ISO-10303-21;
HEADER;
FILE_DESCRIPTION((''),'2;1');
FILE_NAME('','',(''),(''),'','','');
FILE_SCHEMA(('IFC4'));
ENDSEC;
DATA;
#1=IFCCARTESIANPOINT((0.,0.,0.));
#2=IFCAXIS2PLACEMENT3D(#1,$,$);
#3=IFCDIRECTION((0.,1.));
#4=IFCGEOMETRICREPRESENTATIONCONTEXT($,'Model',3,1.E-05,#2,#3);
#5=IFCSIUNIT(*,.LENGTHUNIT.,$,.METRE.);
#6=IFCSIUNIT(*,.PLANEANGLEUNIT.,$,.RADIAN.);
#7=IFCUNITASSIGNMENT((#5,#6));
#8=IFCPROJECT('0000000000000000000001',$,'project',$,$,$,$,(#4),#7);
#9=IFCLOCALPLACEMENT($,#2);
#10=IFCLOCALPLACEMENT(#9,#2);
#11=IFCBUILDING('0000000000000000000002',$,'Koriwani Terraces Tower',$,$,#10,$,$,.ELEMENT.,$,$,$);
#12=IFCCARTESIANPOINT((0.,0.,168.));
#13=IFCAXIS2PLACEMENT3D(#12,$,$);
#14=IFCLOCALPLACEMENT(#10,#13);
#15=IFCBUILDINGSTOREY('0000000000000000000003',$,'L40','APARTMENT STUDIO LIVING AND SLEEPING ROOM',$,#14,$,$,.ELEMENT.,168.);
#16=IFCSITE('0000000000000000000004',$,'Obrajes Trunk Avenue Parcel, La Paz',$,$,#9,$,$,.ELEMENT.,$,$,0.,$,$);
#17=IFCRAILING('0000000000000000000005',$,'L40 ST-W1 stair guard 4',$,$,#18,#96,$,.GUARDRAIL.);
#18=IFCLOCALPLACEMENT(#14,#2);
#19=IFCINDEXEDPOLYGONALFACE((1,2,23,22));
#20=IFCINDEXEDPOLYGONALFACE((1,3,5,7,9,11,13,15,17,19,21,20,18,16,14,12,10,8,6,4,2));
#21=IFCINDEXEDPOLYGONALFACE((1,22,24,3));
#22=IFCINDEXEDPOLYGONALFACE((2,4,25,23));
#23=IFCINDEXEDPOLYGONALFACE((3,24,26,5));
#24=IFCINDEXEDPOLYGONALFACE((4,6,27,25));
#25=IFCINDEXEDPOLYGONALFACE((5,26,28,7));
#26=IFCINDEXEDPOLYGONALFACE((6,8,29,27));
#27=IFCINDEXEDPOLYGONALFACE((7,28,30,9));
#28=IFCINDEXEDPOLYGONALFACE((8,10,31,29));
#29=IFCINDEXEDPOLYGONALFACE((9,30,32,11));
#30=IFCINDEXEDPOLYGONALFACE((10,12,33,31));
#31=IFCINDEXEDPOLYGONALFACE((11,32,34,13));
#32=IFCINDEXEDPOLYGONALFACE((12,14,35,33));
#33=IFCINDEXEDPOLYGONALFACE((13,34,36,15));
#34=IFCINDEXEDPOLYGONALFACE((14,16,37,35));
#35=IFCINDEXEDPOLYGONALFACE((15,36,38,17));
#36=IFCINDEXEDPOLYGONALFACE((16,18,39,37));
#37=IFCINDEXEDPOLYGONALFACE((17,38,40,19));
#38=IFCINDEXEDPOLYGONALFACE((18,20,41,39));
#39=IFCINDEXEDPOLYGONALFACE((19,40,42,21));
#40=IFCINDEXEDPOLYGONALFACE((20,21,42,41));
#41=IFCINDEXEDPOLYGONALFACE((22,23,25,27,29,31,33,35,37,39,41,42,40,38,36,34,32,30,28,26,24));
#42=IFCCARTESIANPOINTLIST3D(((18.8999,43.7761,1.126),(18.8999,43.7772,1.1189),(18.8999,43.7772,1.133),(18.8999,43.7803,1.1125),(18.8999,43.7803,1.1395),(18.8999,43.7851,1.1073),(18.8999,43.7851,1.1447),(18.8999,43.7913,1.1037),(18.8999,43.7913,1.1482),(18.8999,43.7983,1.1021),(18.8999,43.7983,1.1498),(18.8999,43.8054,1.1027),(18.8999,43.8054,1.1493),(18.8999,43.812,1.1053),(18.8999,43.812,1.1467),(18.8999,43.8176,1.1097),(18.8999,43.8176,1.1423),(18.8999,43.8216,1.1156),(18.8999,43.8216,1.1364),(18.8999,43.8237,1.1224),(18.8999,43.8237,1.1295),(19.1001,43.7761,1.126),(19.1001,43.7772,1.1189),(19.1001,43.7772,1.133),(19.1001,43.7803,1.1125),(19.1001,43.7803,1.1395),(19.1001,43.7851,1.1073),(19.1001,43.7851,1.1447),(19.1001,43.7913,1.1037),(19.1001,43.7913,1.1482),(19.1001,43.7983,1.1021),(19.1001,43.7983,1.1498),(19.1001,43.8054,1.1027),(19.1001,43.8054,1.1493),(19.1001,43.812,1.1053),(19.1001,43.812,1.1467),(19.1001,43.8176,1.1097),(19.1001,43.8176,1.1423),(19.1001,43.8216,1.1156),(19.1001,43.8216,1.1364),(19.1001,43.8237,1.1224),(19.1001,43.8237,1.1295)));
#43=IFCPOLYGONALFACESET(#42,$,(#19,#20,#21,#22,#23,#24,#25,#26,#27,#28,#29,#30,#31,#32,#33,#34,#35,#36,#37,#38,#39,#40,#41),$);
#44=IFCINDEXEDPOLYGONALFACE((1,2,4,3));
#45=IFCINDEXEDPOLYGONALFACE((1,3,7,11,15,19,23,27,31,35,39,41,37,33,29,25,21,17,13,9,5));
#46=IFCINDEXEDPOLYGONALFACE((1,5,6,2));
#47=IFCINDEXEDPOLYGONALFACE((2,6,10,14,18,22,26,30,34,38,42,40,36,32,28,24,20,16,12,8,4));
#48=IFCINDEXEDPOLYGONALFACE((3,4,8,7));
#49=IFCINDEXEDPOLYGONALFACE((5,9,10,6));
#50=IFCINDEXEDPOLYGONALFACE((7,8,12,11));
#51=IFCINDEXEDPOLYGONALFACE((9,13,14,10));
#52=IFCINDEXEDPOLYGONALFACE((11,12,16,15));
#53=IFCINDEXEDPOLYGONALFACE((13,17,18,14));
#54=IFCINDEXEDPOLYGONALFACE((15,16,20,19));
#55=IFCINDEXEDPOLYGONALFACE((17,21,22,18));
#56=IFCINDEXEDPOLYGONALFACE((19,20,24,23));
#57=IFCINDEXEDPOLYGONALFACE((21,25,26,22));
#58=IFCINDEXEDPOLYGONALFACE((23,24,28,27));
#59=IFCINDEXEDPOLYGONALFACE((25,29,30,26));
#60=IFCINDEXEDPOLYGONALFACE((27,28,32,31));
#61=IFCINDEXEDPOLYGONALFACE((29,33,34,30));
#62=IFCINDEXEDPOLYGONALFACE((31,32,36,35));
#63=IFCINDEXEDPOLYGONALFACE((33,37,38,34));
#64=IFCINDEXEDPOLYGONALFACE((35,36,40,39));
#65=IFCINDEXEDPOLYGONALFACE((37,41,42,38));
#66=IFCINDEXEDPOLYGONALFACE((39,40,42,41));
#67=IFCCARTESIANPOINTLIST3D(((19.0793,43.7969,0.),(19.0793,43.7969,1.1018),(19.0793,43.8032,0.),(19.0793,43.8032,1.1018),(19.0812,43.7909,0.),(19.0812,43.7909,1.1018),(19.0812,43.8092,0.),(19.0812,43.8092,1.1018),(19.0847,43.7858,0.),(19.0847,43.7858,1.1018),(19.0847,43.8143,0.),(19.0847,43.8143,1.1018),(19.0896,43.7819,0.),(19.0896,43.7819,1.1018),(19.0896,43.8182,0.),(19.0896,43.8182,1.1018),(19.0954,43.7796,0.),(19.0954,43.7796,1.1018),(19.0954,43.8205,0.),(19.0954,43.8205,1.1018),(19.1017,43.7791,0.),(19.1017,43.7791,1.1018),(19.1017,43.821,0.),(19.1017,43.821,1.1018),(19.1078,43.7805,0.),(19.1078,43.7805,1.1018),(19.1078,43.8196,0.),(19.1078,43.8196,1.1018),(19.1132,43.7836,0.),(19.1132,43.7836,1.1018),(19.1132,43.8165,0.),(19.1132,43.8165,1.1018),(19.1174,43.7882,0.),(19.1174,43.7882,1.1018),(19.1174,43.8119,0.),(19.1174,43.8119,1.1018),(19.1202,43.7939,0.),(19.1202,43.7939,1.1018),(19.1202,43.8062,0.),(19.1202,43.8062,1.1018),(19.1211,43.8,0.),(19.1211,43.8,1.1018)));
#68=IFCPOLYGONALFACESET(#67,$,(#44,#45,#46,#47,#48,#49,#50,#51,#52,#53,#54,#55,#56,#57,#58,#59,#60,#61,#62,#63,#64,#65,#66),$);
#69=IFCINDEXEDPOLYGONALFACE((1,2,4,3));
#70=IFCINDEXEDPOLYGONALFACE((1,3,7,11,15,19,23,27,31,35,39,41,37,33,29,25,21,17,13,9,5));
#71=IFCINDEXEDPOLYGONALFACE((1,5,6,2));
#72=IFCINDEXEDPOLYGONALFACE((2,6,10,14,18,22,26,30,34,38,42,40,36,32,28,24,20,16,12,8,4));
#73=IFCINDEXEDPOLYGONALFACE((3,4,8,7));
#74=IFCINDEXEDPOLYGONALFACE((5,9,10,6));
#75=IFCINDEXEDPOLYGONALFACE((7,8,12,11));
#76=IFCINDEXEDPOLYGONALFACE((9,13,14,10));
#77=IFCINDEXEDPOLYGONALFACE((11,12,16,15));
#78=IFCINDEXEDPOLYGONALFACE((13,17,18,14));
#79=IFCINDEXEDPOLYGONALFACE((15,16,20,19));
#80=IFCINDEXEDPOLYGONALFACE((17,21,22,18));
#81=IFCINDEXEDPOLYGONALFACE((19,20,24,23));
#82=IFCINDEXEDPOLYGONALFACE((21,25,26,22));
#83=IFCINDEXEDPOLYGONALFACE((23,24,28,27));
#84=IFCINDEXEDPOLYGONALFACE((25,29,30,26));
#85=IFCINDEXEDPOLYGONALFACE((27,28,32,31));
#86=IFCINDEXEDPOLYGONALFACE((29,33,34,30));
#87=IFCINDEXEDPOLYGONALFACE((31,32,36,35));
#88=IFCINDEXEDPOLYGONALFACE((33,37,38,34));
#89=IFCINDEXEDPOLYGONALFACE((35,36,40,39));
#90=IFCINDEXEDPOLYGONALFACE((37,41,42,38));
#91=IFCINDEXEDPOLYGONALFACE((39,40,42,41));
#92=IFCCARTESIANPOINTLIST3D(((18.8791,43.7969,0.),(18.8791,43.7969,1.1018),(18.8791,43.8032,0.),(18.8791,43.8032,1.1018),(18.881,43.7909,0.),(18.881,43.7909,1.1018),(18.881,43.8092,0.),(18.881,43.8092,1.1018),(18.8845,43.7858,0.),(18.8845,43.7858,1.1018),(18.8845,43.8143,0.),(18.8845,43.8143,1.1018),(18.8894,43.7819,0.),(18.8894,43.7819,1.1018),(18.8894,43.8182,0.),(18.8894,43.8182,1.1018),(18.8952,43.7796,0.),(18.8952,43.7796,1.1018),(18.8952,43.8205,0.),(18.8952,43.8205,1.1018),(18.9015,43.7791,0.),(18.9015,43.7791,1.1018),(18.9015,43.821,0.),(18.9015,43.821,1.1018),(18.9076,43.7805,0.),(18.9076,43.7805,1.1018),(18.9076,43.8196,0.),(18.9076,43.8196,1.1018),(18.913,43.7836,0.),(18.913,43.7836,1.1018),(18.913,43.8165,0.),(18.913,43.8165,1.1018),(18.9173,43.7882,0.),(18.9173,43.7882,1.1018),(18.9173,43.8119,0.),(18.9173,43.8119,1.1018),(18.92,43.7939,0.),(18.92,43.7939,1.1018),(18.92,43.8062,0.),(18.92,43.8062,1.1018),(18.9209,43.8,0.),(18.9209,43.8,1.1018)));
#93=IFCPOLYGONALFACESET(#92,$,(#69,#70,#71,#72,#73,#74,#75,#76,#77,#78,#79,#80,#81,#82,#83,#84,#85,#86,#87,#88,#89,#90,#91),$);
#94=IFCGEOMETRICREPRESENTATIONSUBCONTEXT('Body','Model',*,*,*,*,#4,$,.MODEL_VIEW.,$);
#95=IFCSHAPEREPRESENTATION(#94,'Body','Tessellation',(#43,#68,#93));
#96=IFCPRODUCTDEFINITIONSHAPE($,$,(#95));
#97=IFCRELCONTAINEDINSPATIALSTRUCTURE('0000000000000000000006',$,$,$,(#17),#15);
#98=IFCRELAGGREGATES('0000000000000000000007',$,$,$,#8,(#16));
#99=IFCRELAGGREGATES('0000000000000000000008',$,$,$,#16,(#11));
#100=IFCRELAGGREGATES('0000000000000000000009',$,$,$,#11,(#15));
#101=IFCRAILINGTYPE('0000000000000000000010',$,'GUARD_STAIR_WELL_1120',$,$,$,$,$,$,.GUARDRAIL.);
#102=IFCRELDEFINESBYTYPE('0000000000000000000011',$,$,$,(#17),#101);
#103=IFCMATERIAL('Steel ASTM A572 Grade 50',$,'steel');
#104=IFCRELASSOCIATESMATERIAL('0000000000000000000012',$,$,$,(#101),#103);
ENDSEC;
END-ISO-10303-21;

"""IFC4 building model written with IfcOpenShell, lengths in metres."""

from ifc_helpers import new_model, si_unit, direction, frame, origin, origin_2d, place, context, subcontext, project, spatial, circle, extrude, material, type_object, element, save


model = new_model("IFC4")

# Units and contexts
model_context = context("Model", 3, precision=1e-05, world=origin(), true_north=direction((0.0, 1.0)))
body_context = subcontext(model_context, "Body", "Model", "MODEL_VIEW")
ifc_project = project(units=[si_unit("LENGTHUNIT", "METRE"), si_unit("PLANEANGLEUNIT", "RADIAN")], contexts=[model_context])

# Site, building, storey
site_placement = place(None, origin())
site = spatial("IfcSite", under=ifc_project, at=site_placement, Name="Obrajes Trunk Avenue Parcel, La Paz", CompositionType="ELEMENT", RefElevation=0.0)
building_placement = place(site_placement, origin())
building = spatial("IfcBuilding", under=site, at=building_placement, Name="Koriwani Terraces Tower", CompositionType="ELEMENT")
storey_placement = place(building_placement, frame((0.0, 0.0, 168.0)))
storey = spatial("IfcBuildingStorey", under=building, at=storey_placement, Name="L40", Description="APARTMENT STUDIO LIVING AND SLEEPING ROOM", CompositionType="ELEMENT", Elevation=168.0)

# Shared definitions
ifc_material_1 = material(Name="Steel ASTM A572 Grade 50", Category="steel")

# Railing
railing_type_1 = type_object("IfcRailingType", Name="GUARD_STAIR_WELL_1120", PredefinedType="GUARDRAIL", material=ifc_material_1)
railing_1_placement = place(storey_placement, frame((19.1001, 43.8, 0.0)))
element("IfcRailing", 1, at=railing_1_placement, inside=storey, type_object=railing_type_1, Name="L40 ST-W1 stair guard 4", PredefinedType="GUARDRAIL", context=body_context, shape_type="SweptSolid", body=[
    extrude(circle(Radius=0.0239, at=origin_2d()), frame((0.0, 0.0, 1.126), z_axis=(-1.0, 0.0, 0.0), x_axis=(0.0, -1.0, 0.0)), (0.0, 0.0, 1.0), 0.2002),
    extrude(circle(Radius=0.021, at=origin_2d()), origin(), (0.0, 0.0, 1.0), 1.1018),
    extrude(circle(Radius=0.021, at=origin_2d()), frame((-0.2002, 0.0, 0.0)), (0.0, 0.0, 1.0), 1.1018),
])

save(model, "model.ifc")
